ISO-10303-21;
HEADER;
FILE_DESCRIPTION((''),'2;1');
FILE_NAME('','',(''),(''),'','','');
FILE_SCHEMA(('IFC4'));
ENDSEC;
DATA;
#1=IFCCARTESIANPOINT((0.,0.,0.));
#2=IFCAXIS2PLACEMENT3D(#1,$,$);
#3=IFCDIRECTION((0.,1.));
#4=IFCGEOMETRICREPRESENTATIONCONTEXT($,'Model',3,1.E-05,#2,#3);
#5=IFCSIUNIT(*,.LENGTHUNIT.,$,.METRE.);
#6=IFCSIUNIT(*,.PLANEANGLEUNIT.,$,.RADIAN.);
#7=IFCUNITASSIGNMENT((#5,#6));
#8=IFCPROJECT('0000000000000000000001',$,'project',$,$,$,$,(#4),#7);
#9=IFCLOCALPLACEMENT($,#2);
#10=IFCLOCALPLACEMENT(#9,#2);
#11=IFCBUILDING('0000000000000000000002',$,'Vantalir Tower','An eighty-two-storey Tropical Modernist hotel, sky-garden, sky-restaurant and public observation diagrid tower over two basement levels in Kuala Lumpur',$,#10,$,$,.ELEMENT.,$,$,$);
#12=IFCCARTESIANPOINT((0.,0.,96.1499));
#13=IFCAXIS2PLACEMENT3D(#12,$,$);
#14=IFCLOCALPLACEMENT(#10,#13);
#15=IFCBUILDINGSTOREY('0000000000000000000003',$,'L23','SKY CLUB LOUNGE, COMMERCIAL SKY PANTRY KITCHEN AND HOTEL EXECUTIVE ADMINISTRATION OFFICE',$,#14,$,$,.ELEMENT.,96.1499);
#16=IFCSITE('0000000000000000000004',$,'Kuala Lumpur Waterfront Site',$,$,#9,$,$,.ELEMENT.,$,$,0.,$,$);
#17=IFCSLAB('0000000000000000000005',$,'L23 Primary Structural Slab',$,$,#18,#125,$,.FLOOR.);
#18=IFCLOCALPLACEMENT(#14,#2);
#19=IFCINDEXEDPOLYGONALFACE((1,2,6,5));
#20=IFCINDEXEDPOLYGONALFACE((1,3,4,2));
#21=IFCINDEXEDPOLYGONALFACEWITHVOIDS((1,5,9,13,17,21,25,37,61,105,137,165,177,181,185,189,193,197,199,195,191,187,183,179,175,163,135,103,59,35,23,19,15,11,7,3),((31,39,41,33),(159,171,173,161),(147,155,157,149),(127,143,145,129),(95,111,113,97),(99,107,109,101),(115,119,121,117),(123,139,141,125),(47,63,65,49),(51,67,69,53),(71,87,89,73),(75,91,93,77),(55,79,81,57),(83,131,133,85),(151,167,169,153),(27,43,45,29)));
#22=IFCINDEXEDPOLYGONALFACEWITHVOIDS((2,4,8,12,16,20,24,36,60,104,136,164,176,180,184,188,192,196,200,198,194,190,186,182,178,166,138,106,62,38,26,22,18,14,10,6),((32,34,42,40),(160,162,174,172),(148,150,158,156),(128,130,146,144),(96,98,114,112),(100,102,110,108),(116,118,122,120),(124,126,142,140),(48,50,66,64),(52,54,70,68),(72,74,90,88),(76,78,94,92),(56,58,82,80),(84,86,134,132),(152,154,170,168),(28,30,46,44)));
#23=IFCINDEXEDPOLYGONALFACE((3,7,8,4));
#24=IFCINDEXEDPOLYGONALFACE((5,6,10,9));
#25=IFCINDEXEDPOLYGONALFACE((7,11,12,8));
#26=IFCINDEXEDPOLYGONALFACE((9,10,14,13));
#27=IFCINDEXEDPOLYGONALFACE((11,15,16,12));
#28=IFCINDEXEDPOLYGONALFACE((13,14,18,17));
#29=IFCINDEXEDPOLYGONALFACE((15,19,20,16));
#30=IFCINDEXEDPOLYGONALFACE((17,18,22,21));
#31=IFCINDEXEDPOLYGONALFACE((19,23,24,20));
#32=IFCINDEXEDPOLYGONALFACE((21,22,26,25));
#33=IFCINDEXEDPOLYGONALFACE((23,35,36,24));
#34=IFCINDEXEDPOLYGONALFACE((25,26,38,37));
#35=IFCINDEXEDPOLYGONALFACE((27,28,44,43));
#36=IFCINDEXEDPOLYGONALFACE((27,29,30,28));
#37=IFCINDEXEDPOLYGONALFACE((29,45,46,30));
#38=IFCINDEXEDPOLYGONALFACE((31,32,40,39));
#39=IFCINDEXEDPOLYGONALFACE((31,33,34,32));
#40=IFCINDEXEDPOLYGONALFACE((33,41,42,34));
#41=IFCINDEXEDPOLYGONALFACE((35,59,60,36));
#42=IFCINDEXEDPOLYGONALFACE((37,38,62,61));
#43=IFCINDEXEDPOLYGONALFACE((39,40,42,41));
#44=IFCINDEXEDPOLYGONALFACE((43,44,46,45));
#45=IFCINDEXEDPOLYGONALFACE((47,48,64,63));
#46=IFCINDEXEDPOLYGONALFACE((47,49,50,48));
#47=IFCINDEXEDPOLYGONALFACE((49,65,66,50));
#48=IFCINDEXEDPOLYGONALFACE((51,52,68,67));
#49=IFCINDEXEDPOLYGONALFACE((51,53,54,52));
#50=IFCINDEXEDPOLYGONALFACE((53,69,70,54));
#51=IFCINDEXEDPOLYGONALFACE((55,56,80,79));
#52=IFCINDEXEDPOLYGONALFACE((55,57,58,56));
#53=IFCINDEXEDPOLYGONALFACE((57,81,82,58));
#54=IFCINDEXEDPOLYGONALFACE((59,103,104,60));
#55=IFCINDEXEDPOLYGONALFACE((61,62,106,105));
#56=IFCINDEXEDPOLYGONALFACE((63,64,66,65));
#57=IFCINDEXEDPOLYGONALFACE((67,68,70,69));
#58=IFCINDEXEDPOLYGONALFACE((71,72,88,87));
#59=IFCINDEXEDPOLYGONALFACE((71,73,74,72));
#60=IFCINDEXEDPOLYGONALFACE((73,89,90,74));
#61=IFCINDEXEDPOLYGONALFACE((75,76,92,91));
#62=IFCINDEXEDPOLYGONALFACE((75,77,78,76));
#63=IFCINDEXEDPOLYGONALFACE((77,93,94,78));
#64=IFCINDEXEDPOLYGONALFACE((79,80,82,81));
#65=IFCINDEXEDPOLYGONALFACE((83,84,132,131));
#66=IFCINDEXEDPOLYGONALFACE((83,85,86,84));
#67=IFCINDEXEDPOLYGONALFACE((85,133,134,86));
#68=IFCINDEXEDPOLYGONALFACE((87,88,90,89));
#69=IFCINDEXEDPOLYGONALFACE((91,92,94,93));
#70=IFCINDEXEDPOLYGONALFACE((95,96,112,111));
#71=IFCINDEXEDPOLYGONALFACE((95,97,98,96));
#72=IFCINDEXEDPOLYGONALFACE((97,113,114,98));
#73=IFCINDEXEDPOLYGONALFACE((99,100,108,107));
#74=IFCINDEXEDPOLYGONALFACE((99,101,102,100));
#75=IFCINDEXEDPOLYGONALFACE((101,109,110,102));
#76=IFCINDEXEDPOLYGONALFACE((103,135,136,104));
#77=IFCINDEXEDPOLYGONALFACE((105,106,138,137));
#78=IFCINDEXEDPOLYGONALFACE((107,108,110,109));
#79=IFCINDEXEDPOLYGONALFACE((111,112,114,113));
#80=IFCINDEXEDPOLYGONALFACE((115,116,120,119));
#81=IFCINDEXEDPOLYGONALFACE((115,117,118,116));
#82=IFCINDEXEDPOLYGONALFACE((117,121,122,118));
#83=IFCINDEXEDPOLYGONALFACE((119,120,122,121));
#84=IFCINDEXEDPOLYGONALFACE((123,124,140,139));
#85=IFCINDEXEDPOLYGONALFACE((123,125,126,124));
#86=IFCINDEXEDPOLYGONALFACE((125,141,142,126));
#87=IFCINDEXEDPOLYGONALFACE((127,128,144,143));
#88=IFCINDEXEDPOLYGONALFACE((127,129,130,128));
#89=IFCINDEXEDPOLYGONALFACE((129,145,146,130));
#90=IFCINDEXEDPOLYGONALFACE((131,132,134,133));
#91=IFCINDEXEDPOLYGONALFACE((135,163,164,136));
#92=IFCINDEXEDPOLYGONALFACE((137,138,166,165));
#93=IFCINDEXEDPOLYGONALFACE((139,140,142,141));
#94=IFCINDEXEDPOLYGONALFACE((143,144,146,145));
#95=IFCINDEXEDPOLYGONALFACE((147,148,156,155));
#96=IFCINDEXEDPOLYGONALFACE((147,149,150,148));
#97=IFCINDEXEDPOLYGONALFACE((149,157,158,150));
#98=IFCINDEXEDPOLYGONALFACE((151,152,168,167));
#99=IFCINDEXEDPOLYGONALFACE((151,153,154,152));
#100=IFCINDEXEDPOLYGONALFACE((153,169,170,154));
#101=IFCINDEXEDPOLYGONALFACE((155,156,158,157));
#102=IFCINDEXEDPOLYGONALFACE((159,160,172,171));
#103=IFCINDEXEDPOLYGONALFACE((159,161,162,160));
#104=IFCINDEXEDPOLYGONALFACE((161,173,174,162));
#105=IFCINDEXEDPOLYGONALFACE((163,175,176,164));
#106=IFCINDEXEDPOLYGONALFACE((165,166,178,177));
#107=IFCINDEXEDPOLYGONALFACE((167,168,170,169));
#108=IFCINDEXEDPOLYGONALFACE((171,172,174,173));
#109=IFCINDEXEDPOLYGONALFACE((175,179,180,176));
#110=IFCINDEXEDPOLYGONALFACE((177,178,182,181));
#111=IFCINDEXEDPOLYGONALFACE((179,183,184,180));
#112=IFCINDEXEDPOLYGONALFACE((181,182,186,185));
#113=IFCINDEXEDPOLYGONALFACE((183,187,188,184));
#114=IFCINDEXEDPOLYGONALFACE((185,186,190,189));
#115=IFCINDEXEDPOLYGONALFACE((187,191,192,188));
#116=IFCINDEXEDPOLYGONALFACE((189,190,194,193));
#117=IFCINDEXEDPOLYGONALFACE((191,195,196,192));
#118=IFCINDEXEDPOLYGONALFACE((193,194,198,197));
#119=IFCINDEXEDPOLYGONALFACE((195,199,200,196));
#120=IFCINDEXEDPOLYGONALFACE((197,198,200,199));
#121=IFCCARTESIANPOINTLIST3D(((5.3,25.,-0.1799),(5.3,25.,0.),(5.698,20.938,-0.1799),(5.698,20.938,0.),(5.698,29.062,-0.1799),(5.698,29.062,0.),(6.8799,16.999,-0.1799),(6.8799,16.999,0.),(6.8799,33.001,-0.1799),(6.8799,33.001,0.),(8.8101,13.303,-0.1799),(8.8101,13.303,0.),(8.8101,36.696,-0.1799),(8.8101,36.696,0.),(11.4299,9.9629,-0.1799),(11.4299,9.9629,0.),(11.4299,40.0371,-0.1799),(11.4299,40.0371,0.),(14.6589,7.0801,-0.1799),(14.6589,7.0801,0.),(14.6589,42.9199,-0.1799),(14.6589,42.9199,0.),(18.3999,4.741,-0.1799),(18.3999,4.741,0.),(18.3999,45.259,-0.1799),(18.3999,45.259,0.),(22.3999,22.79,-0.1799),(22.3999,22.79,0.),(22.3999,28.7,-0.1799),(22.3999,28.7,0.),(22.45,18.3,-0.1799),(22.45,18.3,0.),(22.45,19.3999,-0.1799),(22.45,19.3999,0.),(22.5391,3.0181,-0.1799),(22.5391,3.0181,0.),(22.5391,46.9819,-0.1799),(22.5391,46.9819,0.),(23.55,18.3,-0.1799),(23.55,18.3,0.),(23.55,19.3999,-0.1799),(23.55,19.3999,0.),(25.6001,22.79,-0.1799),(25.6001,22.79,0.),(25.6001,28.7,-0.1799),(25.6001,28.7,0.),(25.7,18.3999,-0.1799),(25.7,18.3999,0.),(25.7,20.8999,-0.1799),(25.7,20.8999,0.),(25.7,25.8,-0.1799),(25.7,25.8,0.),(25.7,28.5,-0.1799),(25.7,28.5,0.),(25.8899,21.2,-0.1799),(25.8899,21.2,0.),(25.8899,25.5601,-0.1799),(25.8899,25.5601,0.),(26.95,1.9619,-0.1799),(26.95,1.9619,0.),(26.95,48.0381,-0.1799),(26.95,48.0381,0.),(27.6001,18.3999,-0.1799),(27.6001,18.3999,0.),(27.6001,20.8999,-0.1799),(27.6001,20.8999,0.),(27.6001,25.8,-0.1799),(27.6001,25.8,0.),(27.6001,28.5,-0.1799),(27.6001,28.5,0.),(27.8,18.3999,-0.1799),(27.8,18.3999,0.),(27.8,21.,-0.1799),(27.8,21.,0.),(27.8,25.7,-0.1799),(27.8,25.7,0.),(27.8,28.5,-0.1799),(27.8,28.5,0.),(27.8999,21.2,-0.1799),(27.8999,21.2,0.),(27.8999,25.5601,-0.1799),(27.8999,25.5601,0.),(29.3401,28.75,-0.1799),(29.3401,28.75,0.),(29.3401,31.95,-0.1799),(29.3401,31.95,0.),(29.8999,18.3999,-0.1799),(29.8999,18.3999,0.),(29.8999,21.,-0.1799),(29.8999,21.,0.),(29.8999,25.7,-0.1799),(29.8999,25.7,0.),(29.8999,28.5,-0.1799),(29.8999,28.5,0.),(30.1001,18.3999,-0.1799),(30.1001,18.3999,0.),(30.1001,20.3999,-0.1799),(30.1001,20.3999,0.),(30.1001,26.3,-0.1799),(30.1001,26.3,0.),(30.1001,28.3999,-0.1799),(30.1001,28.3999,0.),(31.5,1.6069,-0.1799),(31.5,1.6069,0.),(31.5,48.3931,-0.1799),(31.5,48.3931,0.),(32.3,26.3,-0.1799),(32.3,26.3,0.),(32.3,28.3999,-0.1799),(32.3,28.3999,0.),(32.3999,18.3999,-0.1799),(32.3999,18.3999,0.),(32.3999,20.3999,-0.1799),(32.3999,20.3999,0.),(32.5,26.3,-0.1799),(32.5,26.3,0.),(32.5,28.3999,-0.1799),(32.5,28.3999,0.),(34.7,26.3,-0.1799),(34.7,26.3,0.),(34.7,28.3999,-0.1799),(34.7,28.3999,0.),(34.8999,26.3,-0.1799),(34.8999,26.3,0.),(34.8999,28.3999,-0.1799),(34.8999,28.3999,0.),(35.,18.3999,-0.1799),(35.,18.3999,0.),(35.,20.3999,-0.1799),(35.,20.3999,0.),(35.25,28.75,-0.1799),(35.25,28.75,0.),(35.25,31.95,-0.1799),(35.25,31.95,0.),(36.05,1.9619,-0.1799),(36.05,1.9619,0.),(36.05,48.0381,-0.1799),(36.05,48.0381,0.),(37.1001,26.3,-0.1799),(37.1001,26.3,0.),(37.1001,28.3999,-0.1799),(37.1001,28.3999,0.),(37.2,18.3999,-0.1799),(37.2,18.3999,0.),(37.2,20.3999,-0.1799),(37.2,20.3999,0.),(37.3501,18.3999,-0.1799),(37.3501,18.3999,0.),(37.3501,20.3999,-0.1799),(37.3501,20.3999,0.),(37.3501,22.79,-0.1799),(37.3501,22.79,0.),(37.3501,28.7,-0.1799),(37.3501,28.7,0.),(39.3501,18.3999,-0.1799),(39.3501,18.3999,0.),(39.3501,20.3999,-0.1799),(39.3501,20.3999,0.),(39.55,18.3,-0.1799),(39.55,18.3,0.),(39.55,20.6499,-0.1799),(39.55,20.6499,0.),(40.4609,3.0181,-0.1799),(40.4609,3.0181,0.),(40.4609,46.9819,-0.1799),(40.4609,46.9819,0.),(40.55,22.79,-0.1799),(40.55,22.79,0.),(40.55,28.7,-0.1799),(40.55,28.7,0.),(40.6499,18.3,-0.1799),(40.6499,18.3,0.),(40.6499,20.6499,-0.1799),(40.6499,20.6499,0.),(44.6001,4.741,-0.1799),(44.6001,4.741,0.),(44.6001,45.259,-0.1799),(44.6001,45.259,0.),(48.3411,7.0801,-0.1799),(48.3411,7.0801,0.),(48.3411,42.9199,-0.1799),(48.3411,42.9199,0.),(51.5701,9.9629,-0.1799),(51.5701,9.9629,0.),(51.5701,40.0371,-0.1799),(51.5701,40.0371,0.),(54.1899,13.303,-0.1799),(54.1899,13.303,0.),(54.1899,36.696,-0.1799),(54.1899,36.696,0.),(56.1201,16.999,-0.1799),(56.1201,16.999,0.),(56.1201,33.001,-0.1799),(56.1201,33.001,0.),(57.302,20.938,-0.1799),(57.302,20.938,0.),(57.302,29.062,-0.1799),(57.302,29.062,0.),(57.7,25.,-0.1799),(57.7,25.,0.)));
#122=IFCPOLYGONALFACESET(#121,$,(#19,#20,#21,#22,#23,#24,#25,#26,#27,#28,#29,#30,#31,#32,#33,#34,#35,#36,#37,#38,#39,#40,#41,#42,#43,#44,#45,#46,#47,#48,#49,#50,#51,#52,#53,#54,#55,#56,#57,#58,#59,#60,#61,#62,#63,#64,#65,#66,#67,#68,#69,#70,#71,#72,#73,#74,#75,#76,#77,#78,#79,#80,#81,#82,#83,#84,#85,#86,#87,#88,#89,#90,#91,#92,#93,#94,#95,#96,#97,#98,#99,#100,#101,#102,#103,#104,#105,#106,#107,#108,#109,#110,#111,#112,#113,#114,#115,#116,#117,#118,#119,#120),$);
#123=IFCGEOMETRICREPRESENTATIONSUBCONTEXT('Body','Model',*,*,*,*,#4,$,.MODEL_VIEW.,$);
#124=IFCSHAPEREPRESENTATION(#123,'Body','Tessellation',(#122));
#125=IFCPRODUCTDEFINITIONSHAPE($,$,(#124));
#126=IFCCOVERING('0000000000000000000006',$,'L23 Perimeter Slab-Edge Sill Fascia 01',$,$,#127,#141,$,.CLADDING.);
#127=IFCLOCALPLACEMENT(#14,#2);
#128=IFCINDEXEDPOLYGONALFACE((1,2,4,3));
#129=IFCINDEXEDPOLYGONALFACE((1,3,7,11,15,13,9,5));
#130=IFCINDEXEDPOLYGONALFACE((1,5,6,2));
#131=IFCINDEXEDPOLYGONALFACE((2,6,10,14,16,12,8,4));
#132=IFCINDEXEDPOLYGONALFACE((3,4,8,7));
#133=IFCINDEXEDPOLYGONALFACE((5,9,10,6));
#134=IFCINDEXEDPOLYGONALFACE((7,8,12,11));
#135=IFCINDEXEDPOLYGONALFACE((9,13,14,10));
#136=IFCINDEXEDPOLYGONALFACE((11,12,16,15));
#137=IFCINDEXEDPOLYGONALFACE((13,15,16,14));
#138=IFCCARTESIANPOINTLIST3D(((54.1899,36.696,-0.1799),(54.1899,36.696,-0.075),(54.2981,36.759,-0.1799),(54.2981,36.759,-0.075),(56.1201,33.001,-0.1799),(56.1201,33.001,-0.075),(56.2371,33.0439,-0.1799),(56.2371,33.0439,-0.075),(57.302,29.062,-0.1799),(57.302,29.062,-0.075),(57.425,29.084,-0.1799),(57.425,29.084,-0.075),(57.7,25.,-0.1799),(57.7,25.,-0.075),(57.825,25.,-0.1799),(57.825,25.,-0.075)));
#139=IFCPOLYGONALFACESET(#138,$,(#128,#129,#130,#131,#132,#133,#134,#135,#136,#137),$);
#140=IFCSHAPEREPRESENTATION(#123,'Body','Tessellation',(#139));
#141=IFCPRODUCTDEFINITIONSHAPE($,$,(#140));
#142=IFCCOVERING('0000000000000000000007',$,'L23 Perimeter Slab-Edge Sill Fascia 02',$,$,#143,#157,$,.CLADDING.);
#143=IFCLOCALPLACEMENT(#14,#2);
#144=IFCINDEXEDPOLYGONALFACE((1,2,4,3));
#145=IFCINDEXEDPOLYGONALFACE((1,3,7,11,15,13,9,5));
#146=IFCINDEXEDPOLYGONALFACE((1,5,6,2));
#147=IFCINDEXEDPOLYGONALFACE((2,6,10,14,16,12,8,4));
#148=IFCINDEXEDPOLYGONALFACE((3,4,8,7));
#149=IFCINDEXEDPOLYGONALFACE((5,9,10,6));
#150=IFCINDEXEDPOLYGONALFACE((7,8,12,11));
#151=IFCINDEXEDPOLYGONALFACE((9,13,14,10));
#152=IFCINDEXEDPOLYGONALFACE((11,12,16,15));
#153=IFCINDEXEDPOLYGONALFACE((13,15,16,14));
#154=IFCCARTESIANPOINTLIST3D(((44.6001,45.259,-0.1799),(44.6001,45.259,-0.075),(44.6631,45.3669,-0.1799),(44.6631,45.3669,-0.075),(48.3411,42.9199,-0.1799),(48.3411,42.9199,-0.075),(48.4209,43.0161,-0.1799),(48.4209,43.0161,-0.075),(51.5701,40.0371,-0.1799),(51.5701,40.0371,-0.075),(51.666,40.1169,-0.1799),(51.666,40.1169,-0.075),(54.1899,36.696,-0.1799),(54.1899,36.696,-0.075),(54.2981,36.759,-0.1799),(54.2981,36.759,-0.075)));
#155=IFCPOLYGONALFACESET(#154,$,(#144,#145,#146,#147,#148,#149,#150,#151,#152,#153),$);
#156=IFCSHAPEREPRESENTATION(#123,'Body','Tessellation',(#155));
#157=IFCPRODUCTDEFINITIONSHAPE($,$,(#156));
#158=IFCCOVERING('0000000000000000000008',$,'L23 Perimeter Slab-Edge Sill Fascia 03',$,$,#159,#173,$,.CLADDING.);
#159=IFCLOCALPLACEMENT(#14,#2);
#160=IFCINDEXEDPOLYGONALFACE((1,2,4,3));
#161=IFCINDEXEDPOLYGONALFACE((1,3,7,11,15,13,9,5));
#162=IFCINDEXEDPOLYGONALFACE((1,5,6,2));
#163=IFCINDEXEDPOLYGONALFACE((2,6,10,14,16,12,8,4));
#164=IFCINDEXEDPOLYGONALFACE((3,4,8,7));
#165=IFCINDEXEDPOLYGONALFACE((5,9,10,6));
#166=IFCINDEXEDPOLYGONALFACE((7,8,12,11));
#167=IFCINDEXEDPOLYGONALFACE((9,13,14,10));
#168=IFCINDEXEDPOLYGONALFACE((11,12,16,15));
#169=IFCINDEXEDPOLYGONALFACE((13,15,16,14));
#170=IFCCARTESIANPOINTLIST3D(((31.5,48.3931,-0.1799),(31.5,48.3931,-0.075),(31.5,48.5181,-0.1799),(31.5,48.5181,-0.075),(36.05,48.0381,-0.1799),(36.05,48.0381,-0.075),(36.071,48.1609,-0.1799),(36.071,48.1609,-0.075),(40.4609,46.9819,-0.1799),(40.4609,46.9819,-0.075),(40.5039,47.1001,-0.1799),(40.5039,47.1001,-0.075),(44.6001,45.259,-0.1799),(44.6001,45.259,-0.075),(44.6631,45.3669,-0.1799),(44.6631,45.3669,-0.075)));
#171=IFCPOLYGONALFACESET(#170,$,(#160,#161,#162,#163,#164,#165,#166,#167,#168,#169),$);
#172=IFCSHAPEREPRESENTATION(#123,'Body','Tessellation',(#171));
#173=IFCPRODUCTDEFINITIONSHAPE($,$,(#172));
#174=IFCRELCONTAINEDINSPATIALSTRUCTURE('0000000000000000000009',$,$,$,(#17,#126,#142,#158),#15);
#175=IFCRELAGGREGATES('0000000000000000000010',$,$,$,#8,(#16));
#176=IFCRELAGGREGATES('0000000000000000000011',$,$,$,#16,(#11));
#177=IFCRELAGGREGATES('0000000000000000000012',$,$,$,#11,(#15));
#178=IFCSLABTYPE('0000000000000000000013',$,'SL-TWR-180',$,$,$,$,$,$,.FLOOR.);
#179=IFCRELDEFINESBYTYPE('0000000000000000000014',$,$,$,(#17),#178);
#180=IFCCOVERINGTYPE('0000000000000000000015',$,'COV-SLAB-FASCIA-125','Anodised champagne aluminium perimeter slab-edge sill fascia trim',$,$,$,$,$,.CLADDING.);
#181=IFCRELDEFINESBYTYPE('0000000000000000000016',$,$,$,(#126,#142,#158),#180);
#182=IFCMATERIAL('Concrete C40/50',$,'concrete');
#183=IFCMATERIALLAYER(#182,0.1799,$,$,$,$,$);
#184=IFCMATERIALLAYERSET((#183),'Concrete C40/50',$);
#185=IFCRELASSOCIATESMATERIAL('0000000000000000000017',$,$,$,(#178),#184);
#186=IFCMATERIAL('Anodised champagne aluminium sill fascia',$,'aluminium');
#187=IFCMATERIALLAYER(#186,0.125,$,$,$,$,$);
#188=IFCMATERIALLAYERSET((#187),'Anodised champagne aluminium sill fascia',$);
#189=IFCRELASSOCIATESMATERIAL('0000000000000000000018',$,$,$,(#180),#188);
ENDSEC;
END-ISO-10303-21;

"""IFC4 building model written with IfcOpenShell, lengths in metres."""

from ifc_helpers import new_model, si_unit, direction, frame, origin, place, context, subcontext, project, spatial, polyline, outline, extrude, material, layer, layer_set, type_object, element, save


model = new_model("IFC4")

# Units and contexts
model_context = context("Model", 3, precision=1e-05, world=origin(), true_north=direction((0.0, 1.0)))
body_context = subcontext(model_context, "Body", "Model", "MODEL_VIEW")
ifc_project = project(units=[si_unit("LENGTHUNIT", "METRE"), si_unit("PLANEANGLEUNIT", "RADIAN")], contexts=[model_context])

# Site, building, storey
site_placement = place(None, origin())
site = spatial("IfcSite", under=ifc_project, at=site_placement, Name="Kuala Lumpur Waterfront Site", CompositionType="ELEMENT", RefElevation=0.0)
building_placement = place(site_placement, origin())
building = spatial("IfcBuilding", under=site, at=building_placement, Name="Vantalir Tower", Description="An eighty-two-storey Tropical Modernist hotel, sky-garden, sky-restaurant and public observation diagrid tower over two basement levels in Kuala Lumpur", CompositionType="ELEMENT")
storey_placement = place(building_placement, frame((0.0, 0.0, 96.1499)))
storey = spatial("IfcBuildingStorey", under=building, at=storey_placement, Name="L23", Description="SKY CLUB LOUNGE, COMMERCIAL SKY PANTRY KITCHEN AND HOTEL EXECUTIVE ADMINISTRATION OFFICE", CompositionType="ELEMENT", Elevation=96.1499)

# Shared definitions
ifc_material_1 = material(Name="Concrete C40/50", Category="concrete")

# Slab
ifc_layer_1 = layer(ifc_material_1, 0.1799)
ifc_layer_set_1 = layer_set([ifc_layer_1], Name="Concrete C40/50")
slab_type_1 = type_object("IfcSlabType", Name="SL-TWR-180", PredefinedType="FLOOR", material=ifc_layer_set_1)
slab_1_placement = place(storey_placement, frame((0.0, 0.0, -0.1799)))
element("IfcSlab", 1, at=slab_1_placement, inside=storey, type_object=slab_type_1, Name="L23 Primary Structural Slab", PredefinedType="FLOOR", context=body_context, shape_type="SweptSolid", body=[
    extrude(outline(polyline([(8.8101, 13.303), (11.4299, 9.9629), (14.6589, 7.0801), (18.3999, 4.741), (22.5391, 3.0181), (26.95, 1.9619), (31.5, 1.6069), (36.05, 1.9619), (40.4609, 3.0181), (44.6001, 4.741), (48.3411, 7.0801), (51.5701, 9.9629), (54.1899, 13.303), (56.1201, 16.999), (57.302, 20.938), (57.7, 25.0), (57.302, 29.062), (56.1201, 33.001), (54.1899, 36.696), (51.5701, 40.0371), (48.3411, 42.9199), (44.6001, 45.259), (40.4609, 46.9819), (36.05, 48.0381), (31.5, 48.3931), (26.95, 48.0381), (22.5391, 46.9819), (18.3999, 45.259), (14.6589, 42.9199), (11.4299, 40.0371), (8.8101, 36.696), (6.8799, 33.001), (5.698, 29.062), (5.3, 25.0), (5.698, 20.938), (6.8799, 16.999), (8.8101, 13.303)]), holes=[polyline([(22.3999, 22.79), (22.3999, 28.7), (25.6001, 28.7), (25.6001, 22.79), (22.3999, 22.79)]), polyline([(37.3501, 28.7), (40.55, 28.7), (40.55, 22.79), (37.3501, 22.79), (37.3501, 28.7)]), polyline([(35.25, 28.75), (29.3401, 28.75), (29.3401, 31.95), (35.25, 31.95), (35.25, 28.75)]), polyline([(27.6001, 18.3999), (25.7, 18.3999), (25.7, 20.8999), (27.6001, 20.8999), (27.6001, 18.3999)]), polyline([(25.7, 25.8), (25.7, 28.5), (27.6001, 28.5), (27.6001, 25.8), (25.7, 25.8)]), polyline([(27.8, 21.0), (29.8999, 21.0), (29.8999, 18.3999), (27.8, 18.3999), (27.8, 21.0)]), polyline([(29.8999, 28.5), (29.8999, 25.7), (27.8, 25.7), (27.8, 28.5), (29.8999, 28.5)]), polyline([(32.3999, 18.3999), (30.1001, 18.3999), (30.1001, 20.3999), (32.3999, 20.3999), (32.3999, 18.3999)]), polyline([(37.3501, 18.3999), (37.3501, 20.3999), (39.3501, 20.3999), (39.3501, 18.3999), (37.3501, 18.3999)]), polyline([(35.0, 20.3999), (37.2, 20.3999), (37.2, 18.3999), (35.0, 18.3999), (35.0, 20.3999)]), polyline([(32.3, 28.3999), (32.3, 26.3), (30.1001, 26.3), (30.1001, 28.3999), (32.3, 28.3999)]), polyline([(34.7, 26.3), (32.5, 26.3), (32.5, 28.3999), (34.7, 28.3999), (34.7, 26.3)]), polyline([(34.8999, 26.3), (34.8999, 28.3999), (37.1001, 28.3999), (37.1001, 26.3), (34.8999, 26.3)]), polyline([(25.8899, 25.5601), (27.8999, 25.5601), (27.8999, 21.2), (25.8899, 21.2), (25.8899, 25.5601)]), polyline([(23.55, 19.3999), (23.55, 18.3), (22.45, 18.3), (22.45, 19.3999), (23.55, 19.3999)]), polyline([(40.6499, 18.3), (39.55, 18.3), (39.55, 20.6499), (40.6499, 20.6499), (40.6499, 18.3)])]), origin(), (0.0, 0.0, 1.0), 0.1799),
])

# Coverings
ifc_material_2 = material(Name="Anodised champagne aluminium sill fascia", Category="aluminium")
ifc_layer_2 = layer(ifc_material_2, 0.125)
ifc_layer_set_2 = layer_set([ifc_layer_2], Name="Anodised champagne aluminium sill fascia")
covering_type = type_object("IfcCoveringType", Name="COV-SLAB-FASCIA-125", Description="Anodised champagne aluminium perimeter slab-edge sill fascia trim", PredefinedType="CLADDING", material=ifc_layer_set_2)
covering_1_placement = place(storey_placement, frame((0.0, 0.0, -0.1799)))
element("IfcCovering", 2, at=covering_1_placement, inside=storey, type_object=covering_type, Name="L23 Perimeter Slab-Edge Sill Fascia 01", PredefinedType="CLADDING", context=body_context, shape_type="SweptSolid", body=[
    extrude(outline(polyline([(57.825, 25.0), (57.425, 29.084), (56.2371, 33.0439), (54.2981, 36.759), (54.1899, 36.696), (56.1201, 33.001), (57.302, 29.062), (57.7, 25.0), (57.825, 25.0)])), origin(), (0.0, 0.0, 1.0), 0.105),
])
covering_2_placement = place(storey_placement, frame((0.0, 0.0, -0.1799)))
element("IfcCovering", 3, at=covering_2_placement, inside=storey, type_object=covering_type, Name="L23 Perimeter Slab-Edge Sill Fascia 02", PredefinedType="CLADDING", context=body_context, shape_type="SweptSolid", body=[
    extrude(outline(polyline([(54.2981, 36.759), (51.666, 40.1169), (48.4209, 43.0161), (44.6631, 45.3669), (44.6001, 45.259), (48.3411, 42.9199), (51.5701, 40.0371), (54.1899, 36.696), (54.2981, 36.759)])), origin(), (0.0, 0.0, 1.0), 0.105),
])
covering_3_placement = place(storey_placement, frame((0.0, 0.0, -0.1799)))
element("IfcCovering", 4, at=covering_3_placement, inside=storey, type_object=covering_type, Name="L23 Perimeter Slab-Edge Sill Fascia 03", PredefinedType="CLADDING", context=body_context, shape_type="SweptSolid", body=[
    extrude(outline(polyline([(44.6631, 45.3669), (40.5039, 47.1001), (36.071, 48.1609), (31.5, 48.5181), (31.5, 48.3931), (36.05, 48.0381), (40.4609, 46.9819), (44.6001, 45.259), (44.6631, 45.3669)])), origin(), (0.0, 0.0, 1.0), 0.105),
])

save(model, "model.ifc")
